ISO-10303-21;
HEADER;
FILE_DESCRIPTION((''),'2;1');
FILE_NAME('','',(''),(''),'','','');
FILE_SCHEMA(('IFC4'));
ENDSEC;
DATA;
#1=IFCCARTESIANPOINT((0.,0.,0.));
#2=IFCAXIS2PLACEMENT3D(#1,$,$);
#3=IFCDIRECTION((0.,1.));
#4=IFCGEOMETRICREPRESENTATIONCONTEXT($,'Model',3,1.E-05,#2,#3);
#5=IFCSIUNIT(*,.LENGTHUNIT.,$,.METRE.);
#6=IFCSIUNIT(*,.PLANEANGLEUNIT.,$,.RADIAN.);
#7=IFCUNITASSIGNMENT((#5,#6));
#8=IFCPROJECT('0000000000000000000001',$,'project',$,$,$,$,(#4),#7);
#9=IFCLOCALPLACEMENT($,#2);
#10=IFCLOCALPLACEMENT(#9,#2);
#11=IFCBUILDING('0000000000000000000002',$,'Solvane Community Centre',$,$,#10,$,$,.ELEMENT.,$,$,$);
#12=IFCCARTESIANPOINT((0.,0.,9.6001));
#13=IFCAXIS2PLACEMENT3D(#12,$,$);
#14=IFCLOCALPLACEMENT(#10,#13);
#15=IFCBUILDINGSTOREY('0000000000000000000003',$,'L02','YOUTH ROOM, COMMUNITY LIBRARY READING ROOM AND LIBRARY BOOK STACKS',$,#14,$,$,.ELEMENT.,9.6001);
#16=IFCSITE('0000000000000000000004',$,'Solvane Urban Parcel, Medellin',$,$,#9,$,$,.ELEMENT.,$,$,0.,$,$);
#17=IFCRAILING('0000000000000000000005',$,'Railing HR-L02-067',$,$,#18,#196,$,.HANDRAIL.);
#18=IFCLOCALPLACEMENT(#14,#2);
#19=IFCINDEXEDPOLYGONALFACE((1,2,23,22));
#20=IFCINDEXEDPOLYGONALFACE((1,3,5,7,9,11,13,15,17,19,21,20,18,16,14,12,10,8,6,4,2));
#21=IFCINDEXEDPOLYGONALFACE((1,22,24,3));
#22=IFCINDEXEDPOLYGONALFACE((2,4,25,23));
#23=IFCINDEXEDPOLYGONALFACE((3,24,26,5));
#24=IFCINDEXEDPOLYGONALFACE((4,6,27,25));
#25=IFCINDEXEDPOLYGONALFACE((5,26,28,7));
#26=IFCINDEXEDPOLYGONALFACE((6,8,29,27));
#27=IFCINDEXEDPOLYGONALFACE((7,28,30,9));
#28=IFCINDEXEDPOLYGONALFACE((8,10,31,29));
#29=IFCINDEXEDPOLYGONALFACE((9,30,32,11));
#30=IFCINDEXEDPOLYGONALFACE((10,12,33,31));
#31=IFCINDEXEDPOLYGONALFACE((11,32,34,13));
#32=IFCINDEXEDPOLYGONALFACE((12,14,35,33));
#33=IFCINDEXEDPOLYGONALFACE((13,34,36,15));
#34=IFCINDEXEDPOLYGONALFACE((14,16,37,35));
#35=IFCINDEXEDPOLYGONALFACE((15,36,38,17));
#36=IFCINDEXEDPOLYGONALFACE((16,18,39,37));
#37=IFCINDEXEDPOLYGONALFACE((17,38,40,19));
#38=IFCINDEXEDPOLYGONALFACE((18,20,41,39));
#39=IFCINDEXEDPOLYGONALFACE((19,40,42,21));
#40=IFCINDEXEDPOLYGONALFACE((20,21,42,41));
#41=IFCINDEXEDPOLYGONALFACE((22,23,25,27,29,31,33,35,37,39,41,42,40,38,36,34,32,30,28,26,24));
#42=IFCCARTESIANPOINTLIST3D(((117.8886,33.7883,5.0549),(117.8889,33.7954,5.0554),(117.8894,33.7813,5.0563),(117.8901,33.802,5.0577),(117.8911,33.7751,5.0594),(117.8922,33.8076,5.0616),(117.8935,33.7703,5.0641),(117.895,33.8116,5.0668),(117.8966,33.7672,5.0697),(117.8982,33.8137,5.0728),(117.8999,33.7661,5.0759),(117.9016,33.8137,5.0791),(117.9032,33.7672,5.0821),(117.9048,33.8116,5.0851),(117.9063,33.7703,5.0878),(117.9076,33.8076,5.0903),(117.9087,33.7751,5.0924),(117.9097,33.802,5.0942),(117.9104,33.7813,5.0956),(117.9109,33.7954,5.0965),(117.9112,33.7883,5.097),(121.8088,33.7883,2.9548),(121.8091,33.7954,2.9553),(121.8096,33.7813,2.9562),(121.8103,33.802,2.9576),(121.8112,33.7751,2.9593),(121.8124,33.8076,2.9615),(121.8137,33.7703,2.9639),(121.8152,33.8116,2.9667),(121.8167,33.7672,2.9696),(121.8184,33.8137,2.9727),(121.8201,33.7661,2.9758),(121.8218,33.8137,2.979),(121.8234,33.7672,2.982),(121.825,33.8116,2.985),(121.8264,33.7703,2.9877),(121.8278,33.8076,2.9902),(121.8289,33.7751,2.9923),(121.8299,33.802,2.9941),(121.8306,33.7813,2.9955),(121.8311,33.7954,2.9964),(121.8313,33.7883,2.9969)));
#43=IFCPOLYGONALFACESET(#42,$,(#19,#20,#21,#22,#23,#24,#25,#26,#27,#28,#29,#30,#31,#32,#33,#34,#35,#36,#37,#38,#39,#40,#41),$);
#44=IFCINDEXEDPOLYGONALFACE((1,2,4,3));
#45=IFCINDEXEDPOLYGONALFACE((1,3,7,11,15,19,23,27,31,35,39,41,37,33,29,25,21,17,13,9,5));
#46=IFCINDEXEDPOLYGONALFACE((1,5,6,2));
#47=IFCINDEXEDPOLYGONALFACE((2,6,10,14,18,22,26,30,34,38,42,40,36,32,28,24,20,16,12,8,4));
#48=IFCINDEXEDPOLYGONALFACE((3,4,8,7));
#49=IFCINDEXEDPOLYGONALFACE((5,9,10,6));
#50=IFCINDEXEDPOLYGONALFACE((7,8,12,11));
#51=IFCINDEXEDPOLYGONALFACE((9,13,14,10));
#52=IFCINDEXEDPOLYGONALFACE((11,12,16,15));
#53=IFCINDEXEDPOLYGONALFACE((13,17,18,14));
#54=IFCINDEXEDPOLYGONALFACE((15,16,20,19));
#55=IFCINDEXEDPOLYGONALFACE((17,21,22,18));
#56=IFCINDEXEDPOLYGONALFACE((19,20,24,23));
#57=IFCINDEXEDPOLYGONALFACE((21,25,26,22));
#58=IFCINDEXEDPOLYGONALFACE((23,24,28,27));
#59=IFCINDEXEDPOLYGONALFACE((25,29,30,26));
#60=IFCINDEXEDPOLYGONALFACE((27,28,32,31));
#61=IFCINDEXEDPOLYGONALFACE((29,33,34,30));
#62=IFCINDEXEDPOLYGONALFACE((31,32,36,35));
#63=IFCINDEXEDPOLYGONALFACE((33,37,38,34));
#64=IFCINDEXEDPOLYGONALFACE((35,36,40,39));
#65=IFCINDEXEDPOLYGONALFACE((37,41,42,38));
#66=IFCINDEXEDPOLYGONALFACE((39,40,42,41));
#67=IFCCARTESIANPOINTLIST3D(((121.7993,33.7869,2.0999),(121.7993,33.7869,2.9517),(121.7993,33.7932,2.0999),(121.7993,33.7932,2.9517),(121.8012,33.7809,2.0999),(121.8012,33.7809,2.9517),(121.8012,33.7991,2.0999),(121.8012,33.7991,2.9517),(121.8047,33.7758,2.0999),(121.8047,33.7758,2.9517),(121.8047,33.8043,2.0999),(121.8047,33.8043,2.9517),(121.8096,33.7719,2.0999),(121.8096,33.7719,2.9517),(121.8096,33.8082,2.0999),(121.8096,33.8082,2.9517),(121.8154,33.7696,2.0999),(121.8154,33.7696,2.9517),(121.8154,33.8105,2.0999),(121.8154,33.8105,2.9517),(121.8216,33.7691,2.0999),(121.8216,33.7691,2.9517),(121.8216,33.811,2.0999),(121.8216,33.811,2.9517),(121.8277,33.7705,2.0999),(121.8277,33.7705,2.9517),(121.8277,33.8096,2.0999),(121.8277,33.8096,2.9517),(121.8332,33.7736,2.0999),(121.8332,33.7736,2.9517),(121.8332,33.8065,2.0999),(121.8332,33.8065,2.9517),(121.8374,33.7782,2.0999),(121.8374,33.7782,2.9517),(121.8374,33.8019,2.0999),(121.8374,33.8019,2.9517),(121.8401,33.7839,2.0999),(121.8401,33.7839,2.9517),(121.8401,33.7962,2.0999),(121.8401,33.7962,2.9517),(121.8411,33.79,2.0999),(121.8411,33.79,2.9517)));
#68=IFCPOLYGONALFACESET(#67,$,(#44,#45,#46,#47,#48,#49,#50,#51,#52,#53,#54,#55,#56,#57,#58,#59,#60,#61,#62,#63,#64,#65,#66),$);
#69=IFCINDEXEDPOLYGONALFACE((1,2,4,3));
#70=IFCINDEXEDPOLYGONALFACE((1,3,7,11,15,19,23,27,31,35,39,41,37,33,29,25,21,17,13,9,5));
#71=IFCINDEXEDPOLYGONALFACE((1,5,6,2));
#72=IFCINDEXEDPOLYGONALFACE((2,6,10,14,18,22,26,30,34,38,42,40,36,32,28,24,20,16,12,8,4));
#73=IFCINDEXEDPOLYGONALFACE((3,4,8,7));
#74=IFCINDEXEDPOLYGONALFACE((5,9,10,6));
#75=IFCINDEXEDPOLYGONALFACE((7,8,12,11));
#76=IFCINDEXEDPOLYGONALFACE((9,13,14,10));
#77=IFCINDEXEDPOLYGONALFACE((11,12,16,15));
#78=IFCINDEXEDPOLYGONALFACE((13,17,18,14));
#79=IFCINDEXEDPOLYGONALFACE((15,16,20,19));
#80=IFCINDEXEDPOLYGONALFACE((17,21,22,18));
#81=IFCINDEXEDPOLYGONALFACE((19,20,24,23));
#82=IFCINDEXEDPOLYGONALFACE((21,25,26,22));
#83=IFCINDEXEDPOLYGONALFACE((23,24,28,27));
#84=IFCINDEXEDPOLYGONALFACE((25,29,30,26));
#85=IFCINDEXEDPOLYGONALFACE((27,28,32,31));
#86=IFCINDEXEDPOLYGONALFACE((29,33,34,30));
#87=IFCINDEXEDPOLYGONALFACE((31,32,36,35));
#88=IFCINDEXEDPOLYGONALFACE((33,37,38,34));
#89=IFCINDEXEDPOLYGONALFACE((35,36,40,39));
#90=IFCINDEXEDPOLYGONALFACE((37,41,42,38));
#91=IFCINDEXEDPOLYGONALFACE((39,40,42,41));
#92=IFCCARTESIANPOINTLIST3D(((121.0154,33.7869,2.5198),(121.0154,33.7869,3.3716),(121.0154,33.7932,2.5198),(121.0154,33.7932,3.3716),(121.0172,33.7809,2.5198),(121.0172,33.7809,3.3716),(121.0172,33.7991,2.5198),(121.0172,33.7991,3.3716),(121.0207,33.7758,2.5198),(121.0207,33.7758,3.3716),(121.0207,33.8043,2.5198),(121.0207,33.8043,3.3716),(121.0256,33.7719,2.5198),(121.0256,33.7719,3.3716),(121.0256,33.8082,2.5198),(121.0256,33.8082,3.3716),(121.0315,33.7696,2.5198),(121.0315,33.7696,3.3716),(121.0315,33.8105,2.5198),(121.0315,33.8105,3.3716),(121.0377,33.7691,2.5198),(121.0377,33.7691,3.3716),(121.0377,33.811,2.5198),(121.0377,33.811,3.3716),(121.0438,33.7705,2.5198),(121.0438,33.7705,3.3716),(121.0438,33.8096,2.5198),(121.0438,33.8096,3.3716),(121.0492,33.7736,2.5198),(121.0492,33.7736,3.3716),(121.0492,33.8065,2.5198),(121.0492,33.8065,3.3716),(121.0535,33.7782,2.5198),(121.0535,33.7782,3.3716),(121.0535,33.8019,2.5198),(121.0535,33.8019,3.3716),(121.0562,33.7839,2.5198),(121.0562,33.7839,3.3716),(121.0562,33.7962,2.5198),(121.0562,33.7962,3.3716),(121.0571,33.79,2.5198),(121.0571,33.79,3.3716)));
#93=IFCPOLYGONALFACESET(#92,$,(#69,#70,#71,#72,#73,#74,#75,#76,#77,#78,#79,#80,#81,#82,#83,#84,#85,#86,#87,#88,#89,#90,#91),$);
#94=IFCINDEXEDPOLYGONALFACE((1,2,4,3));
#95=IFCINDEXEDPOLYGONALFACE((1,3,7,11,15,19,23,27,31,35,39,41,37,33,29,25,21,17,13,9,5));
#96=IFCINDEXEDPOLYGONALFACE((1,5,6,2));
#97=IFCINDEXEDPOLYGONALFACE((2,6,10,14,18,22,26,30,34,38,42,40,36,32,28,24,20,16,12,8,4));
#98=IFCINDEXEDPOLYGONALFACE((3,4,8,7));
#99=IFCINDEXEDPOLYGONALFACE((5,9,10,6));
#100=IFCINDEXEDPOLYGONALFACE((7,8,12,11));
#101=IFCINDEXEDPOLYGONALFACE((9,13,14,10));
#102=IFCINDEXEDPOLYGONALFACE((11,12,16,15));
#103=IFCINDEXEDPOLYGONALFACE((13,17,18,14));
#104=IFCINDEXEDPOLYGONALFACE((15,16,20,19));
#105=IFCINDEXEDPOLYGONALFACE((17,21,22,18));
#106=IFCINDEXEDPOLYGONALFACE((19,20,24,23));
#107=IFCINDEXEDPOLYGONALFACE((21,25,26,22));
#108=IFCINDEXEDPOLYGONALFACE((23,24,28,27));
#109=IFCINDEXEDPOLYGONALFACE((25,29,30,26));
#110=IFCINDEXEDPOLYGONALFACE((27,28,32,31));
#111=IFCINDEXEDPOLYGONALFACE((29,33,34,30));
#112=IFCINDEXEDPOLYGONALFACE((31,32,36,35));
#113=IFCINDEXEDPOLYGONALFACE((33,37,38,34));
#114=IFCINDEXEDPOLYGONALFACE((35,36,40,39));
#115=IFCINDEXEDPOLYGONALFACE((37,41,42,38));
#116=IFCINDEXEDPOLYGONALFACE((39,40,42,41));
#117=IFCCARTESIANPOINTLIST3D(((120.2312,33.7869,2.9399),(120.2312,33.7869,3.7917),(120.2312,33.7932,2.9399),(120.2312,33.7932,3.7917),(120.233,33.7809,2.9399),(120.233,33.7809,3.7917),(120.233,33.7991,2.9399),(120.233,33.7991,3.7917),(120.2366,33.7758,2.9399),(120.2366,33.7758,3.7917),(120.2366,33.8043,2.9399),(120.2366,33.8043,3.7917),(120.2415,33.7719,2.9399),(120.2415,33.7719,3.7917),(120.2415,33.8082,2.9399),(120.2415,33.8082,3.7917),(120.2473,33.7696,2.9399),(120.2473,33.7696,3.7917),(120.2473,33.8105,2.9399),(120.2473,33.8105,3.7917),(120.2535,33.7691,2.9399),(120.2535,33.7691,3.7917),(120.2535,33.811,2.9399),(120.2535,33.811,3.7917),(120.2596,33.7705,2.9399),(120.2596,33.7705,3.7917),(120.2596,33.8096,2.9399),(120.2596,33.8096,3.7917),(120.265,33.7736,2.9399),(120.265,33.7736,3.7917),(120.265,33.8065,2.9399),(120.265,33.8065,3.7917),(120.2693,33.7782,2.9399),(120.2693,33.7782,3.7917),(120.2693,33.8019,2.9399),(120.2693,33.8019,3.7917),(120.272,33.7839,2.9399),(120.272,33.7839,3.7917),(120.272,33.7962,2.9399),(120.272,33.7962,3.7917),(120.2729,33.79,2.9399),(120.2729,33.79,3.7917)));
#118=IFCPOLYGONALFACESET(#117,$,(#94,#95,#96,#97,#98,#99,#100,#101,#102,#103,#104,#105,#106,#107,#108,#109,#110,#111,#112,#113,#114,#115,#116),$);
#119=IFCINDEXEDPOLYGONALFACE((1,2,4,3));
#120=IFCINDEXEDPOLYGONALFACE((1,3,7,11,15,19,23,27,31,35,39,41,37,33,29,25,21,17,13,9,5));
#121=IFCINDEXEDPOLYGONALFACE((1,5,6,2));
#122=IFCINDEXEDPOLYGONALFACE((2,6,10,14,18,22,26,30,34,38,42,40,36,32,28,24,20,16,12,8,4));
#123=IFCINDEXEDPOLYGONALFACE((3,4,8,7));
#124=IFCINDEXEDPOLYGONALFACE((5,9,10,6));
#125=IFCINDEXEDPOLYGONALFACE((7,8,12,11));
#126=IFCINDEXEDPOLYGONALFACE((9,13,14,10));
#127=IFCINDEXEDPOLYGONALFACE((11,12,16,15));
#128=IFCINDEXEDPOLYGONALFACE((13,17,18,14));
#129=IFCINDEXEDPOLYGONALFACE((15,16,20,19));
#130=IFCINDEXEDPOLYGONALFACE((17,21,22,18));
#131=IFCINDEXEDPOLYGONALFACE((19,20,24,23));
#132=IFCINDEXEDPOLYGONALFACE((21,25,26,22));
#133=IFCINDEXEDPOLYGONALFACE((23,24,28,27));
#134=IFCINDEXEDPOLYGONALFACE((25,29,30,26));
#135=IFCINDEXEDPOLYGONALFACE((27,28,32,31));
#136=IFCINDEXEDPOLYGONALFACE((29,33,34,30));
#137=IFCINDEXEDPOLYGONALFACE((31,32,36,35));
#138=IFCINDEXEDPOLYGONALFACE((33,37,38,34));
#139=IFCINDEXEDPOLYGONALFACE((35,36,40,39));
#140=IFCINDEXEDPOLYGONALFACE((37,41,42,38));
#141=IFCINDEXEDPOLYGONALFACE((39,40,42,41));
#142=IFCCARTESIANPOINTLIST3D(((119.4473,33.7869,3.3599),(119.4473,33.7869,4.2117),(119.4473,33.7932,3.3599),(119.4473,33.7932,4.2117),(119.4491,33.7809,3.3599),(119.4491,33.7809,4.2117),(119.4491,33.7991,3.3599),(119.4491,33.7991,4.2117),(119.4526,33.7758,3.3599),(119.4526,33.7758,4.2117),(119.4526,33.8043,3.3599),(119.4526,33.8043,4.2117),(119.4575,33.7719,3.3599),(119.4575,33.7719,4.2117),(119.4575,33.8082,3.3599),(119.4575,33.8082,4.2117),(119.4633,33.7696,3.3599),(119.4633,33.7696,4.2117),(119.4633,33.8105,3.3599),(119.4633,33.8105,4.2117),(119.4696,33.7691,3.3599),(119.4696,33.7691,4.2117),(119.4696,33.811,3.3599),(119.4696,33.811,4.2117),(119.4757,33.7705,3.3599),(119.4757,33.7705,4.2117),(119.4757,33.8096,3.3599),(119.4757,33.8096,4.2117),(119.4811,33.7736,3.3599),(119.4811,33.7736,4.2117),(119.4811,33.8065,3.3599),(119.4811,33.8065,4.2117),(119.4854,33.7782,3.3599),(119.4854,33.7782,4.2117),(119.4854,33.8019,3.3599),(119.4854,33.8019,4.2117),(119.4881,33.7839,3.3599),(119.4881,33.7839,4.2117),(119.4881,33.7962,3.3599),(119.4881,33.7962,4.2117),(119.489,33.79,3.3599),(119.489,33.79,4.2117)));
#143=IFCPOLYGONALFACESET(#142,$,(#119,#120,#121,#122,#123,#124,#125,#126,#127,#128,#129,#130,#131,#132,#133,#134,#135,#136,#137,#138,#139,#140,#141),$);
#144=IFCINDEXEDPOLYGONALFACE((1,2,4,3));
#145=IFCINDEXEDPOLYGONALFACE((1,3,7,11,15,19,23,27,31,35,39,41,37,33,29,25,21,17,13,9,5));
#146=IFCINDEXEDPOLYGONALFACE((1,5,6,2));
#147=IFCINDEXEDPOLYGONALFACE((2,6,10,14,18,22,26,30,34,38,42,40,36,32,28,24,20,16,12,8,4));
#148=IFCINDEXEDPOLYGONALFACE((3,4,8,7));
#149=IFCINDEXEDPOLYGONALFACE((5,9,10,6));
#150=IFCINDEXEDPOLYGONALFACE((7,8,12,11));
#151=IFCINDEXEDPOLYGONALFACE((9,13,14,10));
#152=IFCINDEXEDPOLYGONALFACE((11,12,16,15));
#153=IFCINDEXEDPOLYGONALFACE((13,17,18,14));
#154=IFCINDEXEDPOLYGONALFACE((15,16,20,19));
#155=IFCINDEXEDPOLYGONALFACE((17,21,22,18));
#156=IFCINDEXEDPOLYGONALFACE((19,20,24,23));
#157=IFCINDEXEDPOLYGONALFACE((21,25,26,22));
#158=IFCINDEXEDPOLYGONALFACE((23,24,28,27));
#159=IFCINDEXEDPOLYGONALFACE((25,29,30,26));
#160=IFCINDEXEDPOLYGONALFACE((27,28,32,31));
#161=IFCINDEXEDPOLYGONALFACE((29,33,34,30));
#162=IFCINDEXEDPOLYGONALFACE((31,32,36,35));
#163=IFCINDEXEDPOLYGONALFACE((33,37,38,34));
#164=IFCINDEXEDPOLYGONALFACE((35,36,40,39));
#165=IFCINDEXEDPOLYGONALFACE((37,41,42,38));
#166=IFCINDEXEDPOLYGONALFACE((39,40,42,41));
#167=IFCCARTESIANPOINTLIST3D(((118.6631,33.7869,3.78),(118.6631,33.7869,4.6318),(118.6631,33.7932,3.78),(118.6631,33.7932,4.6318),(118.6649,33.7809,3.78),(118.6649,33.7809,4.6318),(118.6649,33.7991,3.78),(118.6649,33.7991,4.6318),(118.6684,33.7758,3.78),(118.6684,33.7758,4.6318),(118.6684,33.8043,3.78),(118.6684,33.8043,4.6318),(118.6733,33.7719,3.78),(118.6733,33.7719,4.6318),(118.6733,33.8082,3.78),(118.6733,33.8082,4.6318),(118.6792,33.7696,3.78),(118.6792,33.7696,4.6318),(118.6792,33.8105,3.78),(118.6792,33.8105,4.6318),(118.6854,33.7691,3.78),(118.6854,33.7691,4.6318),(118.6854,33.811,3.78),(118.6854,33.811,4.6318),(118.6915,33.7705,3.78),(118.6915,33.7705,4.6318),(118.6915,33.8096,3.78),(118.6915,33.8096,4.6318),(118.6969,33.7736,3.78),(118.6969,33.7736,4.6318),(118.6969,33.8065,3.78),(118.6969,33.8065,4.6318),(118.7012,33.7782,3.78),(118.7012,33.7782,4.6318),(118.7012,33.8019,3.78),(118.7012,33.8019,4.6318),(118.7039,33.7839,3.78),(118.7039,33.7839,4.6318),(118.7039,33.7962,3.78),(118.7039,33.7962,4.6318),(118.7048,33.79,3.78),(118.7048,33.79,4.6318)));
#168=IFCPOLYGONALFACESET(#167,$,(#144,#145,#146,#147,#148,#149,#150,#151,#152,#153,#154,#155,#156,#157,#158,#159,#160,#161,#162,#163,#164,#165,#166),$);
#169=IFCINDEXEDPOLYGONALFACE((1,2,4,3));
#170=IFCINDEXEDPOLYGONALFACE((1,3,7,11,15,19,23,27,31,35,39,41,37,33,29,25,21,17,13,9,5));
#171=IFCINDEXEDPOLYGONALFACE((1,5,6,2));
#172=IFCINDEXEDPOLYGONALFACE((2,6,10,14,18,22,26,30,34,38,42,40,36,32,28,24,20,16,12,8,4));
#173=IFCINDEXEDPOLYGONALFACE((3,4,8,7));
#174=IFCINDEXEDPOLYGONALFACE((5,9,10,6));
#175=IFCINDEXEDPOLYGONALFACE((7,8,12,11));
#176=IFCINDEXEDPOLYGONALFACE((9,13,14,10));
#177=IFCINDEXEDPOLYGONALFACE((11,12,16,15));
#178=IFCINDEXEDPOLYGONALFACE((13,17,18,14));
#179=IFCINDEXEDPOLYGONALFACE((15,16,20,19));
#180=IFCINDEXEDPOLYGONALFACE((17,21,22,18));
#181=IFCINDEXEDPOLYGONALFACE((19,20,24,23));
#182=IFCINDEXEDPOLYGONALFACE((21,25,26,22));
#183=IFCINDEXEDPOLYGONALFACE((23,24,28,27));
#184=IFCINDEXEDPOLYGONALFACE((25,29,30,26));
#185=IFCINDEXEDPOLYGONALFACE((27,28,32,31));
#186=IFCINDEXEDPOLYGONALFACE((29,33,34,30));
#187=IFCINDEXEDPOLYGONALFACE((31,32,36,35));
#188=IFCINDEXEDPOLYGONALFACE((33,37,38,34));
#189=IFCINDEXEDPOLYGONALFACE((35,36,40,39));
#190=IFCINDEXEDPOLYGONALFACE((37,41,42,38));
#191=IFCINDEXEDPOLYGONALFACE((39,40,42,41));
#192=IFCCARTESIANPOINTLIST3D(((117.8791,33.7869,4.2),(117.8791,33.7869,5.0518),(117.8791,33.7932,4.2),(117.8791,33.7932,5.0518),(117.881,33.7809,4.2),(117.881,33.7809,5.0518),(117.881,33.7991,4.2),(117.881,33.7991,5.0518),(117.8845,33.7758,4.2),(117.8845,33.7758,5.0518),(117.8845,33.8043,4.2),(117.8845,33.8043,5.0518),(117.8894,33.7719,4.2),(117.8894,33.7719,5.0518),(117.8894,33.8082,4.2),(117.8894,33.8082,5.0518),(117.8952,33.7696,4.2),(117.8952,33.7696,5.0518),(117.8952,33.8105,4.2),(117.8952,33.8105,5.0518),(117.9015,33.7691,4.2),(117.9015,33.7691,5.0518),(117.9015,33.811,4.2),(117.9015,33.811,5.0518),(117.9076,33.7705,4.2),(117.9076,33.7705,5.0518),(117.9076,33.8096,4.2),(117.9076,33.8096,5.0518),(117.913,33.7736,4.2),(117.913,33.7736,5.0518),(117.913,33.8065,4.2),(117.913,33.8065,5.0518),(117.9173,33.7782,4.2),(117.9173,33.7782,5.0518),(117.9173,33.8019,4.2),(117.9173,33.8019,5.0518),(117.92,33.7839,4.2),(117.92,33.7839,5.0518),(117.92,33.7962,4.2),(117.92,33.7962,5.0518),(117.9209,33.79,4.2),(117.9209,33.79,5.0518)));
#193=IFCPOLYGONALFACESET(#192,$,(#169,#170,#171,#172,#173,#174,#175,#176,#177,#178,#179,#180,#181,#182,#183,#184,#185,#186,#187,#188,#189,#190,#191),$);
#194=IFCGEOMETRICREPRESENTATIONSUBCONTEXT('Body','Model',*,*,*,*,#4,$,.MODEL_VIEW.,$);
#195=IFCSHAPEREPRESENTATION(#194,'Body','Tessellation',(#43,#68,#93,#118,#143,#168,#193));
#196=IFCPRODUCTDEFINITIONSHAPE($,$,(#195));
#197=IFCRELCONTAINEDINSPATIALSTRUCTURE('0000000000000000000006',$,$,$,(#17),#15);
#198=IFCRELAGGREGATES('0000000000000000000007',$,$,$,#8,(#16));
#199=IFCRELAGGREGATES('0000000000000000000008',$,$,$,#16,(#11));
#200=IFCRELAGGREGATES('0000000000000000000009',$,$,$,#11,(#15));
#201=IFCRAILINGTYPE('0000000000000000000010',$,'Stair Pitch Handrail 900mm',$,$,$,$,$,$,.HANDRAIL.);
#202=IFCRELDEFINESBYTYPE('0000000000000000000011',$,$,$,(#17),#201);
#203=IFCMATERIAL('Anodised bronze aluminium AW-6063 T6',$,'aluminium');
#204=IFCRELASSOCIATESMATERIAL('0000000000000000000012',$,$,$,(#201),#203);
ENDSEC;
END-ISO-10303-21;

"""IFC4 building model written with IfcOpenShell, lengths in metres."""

from ifc_helpers import new_model, si_unit, direction, frame, origin, origin_2d, place, context, subcontext, project, spatial, circle, extrude, material, type_object, element, save


model = new_model("IFC4")

# Units and contexts
model_context = context("Model", 3, precision=1e-05, world=origin(), true_north=direction((0.0, 1.0)))
body_context = subcontext(model_context, "Body", "Model", "MODEL_VIEW")
ifc_project = project(units=[si_unit("LENGTHUNIT", "METRE"), si_unit("PLANEANGLEUNIT", "RADIAN")], contexts=[model_context])

# Site, building, storey
site_placement = place(None, origin())
site = spatial("IfcSite", under=ifc_project, at=site_placement, Name="Solvane Urban Parcel, Medellin", CompositionType="ELEMENT", RefElevation=0.0)
building_placement = place(site_placement, origin())
building = spatial("IfcBuilding", under=site, at=building_placement, Name="Solvane Community Centre", CompositionType="ELEMENT")
storey_placement = place(building_placement, frame((0.0, 0.0, 9.6001)))
storey = spatial("IfcBuildingStorey", under=building, at=storey_placement, Name="L02", Description="YOUTH ROOM, COMMUNITY LIBRARY READING ROOM AND LIBRARY BOOK STACKS", CompositionType="ELEMENT", Elevation=9.6001)

# Shared definitions
ifc_material_1 = material(Name="Anodised bronze aluminium AW-6063 T6", Category="aluminium")

# Railing
railing_type_1 = type_object("IfcRailingType", Name="Stair Pitch Handrail 900mm", PredefinedType="HANDRAIL", material=ifc_material_1)
railing_1_placement = place(storey_placement, frame((121.8201, 33.79, 2.0999)))
element("IfcRailing", 1, at=railing_1_placement, inside=storey, type_object=railing_type_1, Name="Railing HR-L02-067", PredefinedType="HANDRAIL", context=body_context, shape_type="SweptSolid", body=[
    extrude(circle(Radius=0.0239, at=origin_2d()), frame((0.0, 0.0, 0.876), z_axis=(-0.881479, 0.0, 0.472223), x_axis=(0.0, -1.0, 0.0)), (0.0, 0.0, 1.0), 4.4473),
    extrude(circle(Radius=0.021, at=origin_2d()), origin(), (0.0, 0.0, 1.0), 0.8518),
    extrude(circle(Radius=0.021, at=origin_2d()), frame((-0.7839, 0.0, 0.4199)), (0.0, 0.0, 1.0), 0.8518),
    extrude(circle(Radius=0.021, at=origin_2d()), frame((-1.5681, 0.0, 0.8401)), (0.0, 0.0, 1.0), 0.8518),
    extrude(circle(Radius=0.021, at=origin_2d()), frame((-2.3521, 0.0, 1.26)), (0.0, 0.0, 1.0), 0.8518),
    extrude(circle(Radius=0.021, at=origin_2d()), frame((-3.1362, 0.0, 1.6802)), (0.0, 0.0, 1.0), 0.8518),
    extrude(circle(Radius=0.021, at=origin_2d()), frame((-3.9202, 0.0, 2.1001)), (0.0, 0.0, 1.0), 0.8518),
])

save(model, "model.ifc")
